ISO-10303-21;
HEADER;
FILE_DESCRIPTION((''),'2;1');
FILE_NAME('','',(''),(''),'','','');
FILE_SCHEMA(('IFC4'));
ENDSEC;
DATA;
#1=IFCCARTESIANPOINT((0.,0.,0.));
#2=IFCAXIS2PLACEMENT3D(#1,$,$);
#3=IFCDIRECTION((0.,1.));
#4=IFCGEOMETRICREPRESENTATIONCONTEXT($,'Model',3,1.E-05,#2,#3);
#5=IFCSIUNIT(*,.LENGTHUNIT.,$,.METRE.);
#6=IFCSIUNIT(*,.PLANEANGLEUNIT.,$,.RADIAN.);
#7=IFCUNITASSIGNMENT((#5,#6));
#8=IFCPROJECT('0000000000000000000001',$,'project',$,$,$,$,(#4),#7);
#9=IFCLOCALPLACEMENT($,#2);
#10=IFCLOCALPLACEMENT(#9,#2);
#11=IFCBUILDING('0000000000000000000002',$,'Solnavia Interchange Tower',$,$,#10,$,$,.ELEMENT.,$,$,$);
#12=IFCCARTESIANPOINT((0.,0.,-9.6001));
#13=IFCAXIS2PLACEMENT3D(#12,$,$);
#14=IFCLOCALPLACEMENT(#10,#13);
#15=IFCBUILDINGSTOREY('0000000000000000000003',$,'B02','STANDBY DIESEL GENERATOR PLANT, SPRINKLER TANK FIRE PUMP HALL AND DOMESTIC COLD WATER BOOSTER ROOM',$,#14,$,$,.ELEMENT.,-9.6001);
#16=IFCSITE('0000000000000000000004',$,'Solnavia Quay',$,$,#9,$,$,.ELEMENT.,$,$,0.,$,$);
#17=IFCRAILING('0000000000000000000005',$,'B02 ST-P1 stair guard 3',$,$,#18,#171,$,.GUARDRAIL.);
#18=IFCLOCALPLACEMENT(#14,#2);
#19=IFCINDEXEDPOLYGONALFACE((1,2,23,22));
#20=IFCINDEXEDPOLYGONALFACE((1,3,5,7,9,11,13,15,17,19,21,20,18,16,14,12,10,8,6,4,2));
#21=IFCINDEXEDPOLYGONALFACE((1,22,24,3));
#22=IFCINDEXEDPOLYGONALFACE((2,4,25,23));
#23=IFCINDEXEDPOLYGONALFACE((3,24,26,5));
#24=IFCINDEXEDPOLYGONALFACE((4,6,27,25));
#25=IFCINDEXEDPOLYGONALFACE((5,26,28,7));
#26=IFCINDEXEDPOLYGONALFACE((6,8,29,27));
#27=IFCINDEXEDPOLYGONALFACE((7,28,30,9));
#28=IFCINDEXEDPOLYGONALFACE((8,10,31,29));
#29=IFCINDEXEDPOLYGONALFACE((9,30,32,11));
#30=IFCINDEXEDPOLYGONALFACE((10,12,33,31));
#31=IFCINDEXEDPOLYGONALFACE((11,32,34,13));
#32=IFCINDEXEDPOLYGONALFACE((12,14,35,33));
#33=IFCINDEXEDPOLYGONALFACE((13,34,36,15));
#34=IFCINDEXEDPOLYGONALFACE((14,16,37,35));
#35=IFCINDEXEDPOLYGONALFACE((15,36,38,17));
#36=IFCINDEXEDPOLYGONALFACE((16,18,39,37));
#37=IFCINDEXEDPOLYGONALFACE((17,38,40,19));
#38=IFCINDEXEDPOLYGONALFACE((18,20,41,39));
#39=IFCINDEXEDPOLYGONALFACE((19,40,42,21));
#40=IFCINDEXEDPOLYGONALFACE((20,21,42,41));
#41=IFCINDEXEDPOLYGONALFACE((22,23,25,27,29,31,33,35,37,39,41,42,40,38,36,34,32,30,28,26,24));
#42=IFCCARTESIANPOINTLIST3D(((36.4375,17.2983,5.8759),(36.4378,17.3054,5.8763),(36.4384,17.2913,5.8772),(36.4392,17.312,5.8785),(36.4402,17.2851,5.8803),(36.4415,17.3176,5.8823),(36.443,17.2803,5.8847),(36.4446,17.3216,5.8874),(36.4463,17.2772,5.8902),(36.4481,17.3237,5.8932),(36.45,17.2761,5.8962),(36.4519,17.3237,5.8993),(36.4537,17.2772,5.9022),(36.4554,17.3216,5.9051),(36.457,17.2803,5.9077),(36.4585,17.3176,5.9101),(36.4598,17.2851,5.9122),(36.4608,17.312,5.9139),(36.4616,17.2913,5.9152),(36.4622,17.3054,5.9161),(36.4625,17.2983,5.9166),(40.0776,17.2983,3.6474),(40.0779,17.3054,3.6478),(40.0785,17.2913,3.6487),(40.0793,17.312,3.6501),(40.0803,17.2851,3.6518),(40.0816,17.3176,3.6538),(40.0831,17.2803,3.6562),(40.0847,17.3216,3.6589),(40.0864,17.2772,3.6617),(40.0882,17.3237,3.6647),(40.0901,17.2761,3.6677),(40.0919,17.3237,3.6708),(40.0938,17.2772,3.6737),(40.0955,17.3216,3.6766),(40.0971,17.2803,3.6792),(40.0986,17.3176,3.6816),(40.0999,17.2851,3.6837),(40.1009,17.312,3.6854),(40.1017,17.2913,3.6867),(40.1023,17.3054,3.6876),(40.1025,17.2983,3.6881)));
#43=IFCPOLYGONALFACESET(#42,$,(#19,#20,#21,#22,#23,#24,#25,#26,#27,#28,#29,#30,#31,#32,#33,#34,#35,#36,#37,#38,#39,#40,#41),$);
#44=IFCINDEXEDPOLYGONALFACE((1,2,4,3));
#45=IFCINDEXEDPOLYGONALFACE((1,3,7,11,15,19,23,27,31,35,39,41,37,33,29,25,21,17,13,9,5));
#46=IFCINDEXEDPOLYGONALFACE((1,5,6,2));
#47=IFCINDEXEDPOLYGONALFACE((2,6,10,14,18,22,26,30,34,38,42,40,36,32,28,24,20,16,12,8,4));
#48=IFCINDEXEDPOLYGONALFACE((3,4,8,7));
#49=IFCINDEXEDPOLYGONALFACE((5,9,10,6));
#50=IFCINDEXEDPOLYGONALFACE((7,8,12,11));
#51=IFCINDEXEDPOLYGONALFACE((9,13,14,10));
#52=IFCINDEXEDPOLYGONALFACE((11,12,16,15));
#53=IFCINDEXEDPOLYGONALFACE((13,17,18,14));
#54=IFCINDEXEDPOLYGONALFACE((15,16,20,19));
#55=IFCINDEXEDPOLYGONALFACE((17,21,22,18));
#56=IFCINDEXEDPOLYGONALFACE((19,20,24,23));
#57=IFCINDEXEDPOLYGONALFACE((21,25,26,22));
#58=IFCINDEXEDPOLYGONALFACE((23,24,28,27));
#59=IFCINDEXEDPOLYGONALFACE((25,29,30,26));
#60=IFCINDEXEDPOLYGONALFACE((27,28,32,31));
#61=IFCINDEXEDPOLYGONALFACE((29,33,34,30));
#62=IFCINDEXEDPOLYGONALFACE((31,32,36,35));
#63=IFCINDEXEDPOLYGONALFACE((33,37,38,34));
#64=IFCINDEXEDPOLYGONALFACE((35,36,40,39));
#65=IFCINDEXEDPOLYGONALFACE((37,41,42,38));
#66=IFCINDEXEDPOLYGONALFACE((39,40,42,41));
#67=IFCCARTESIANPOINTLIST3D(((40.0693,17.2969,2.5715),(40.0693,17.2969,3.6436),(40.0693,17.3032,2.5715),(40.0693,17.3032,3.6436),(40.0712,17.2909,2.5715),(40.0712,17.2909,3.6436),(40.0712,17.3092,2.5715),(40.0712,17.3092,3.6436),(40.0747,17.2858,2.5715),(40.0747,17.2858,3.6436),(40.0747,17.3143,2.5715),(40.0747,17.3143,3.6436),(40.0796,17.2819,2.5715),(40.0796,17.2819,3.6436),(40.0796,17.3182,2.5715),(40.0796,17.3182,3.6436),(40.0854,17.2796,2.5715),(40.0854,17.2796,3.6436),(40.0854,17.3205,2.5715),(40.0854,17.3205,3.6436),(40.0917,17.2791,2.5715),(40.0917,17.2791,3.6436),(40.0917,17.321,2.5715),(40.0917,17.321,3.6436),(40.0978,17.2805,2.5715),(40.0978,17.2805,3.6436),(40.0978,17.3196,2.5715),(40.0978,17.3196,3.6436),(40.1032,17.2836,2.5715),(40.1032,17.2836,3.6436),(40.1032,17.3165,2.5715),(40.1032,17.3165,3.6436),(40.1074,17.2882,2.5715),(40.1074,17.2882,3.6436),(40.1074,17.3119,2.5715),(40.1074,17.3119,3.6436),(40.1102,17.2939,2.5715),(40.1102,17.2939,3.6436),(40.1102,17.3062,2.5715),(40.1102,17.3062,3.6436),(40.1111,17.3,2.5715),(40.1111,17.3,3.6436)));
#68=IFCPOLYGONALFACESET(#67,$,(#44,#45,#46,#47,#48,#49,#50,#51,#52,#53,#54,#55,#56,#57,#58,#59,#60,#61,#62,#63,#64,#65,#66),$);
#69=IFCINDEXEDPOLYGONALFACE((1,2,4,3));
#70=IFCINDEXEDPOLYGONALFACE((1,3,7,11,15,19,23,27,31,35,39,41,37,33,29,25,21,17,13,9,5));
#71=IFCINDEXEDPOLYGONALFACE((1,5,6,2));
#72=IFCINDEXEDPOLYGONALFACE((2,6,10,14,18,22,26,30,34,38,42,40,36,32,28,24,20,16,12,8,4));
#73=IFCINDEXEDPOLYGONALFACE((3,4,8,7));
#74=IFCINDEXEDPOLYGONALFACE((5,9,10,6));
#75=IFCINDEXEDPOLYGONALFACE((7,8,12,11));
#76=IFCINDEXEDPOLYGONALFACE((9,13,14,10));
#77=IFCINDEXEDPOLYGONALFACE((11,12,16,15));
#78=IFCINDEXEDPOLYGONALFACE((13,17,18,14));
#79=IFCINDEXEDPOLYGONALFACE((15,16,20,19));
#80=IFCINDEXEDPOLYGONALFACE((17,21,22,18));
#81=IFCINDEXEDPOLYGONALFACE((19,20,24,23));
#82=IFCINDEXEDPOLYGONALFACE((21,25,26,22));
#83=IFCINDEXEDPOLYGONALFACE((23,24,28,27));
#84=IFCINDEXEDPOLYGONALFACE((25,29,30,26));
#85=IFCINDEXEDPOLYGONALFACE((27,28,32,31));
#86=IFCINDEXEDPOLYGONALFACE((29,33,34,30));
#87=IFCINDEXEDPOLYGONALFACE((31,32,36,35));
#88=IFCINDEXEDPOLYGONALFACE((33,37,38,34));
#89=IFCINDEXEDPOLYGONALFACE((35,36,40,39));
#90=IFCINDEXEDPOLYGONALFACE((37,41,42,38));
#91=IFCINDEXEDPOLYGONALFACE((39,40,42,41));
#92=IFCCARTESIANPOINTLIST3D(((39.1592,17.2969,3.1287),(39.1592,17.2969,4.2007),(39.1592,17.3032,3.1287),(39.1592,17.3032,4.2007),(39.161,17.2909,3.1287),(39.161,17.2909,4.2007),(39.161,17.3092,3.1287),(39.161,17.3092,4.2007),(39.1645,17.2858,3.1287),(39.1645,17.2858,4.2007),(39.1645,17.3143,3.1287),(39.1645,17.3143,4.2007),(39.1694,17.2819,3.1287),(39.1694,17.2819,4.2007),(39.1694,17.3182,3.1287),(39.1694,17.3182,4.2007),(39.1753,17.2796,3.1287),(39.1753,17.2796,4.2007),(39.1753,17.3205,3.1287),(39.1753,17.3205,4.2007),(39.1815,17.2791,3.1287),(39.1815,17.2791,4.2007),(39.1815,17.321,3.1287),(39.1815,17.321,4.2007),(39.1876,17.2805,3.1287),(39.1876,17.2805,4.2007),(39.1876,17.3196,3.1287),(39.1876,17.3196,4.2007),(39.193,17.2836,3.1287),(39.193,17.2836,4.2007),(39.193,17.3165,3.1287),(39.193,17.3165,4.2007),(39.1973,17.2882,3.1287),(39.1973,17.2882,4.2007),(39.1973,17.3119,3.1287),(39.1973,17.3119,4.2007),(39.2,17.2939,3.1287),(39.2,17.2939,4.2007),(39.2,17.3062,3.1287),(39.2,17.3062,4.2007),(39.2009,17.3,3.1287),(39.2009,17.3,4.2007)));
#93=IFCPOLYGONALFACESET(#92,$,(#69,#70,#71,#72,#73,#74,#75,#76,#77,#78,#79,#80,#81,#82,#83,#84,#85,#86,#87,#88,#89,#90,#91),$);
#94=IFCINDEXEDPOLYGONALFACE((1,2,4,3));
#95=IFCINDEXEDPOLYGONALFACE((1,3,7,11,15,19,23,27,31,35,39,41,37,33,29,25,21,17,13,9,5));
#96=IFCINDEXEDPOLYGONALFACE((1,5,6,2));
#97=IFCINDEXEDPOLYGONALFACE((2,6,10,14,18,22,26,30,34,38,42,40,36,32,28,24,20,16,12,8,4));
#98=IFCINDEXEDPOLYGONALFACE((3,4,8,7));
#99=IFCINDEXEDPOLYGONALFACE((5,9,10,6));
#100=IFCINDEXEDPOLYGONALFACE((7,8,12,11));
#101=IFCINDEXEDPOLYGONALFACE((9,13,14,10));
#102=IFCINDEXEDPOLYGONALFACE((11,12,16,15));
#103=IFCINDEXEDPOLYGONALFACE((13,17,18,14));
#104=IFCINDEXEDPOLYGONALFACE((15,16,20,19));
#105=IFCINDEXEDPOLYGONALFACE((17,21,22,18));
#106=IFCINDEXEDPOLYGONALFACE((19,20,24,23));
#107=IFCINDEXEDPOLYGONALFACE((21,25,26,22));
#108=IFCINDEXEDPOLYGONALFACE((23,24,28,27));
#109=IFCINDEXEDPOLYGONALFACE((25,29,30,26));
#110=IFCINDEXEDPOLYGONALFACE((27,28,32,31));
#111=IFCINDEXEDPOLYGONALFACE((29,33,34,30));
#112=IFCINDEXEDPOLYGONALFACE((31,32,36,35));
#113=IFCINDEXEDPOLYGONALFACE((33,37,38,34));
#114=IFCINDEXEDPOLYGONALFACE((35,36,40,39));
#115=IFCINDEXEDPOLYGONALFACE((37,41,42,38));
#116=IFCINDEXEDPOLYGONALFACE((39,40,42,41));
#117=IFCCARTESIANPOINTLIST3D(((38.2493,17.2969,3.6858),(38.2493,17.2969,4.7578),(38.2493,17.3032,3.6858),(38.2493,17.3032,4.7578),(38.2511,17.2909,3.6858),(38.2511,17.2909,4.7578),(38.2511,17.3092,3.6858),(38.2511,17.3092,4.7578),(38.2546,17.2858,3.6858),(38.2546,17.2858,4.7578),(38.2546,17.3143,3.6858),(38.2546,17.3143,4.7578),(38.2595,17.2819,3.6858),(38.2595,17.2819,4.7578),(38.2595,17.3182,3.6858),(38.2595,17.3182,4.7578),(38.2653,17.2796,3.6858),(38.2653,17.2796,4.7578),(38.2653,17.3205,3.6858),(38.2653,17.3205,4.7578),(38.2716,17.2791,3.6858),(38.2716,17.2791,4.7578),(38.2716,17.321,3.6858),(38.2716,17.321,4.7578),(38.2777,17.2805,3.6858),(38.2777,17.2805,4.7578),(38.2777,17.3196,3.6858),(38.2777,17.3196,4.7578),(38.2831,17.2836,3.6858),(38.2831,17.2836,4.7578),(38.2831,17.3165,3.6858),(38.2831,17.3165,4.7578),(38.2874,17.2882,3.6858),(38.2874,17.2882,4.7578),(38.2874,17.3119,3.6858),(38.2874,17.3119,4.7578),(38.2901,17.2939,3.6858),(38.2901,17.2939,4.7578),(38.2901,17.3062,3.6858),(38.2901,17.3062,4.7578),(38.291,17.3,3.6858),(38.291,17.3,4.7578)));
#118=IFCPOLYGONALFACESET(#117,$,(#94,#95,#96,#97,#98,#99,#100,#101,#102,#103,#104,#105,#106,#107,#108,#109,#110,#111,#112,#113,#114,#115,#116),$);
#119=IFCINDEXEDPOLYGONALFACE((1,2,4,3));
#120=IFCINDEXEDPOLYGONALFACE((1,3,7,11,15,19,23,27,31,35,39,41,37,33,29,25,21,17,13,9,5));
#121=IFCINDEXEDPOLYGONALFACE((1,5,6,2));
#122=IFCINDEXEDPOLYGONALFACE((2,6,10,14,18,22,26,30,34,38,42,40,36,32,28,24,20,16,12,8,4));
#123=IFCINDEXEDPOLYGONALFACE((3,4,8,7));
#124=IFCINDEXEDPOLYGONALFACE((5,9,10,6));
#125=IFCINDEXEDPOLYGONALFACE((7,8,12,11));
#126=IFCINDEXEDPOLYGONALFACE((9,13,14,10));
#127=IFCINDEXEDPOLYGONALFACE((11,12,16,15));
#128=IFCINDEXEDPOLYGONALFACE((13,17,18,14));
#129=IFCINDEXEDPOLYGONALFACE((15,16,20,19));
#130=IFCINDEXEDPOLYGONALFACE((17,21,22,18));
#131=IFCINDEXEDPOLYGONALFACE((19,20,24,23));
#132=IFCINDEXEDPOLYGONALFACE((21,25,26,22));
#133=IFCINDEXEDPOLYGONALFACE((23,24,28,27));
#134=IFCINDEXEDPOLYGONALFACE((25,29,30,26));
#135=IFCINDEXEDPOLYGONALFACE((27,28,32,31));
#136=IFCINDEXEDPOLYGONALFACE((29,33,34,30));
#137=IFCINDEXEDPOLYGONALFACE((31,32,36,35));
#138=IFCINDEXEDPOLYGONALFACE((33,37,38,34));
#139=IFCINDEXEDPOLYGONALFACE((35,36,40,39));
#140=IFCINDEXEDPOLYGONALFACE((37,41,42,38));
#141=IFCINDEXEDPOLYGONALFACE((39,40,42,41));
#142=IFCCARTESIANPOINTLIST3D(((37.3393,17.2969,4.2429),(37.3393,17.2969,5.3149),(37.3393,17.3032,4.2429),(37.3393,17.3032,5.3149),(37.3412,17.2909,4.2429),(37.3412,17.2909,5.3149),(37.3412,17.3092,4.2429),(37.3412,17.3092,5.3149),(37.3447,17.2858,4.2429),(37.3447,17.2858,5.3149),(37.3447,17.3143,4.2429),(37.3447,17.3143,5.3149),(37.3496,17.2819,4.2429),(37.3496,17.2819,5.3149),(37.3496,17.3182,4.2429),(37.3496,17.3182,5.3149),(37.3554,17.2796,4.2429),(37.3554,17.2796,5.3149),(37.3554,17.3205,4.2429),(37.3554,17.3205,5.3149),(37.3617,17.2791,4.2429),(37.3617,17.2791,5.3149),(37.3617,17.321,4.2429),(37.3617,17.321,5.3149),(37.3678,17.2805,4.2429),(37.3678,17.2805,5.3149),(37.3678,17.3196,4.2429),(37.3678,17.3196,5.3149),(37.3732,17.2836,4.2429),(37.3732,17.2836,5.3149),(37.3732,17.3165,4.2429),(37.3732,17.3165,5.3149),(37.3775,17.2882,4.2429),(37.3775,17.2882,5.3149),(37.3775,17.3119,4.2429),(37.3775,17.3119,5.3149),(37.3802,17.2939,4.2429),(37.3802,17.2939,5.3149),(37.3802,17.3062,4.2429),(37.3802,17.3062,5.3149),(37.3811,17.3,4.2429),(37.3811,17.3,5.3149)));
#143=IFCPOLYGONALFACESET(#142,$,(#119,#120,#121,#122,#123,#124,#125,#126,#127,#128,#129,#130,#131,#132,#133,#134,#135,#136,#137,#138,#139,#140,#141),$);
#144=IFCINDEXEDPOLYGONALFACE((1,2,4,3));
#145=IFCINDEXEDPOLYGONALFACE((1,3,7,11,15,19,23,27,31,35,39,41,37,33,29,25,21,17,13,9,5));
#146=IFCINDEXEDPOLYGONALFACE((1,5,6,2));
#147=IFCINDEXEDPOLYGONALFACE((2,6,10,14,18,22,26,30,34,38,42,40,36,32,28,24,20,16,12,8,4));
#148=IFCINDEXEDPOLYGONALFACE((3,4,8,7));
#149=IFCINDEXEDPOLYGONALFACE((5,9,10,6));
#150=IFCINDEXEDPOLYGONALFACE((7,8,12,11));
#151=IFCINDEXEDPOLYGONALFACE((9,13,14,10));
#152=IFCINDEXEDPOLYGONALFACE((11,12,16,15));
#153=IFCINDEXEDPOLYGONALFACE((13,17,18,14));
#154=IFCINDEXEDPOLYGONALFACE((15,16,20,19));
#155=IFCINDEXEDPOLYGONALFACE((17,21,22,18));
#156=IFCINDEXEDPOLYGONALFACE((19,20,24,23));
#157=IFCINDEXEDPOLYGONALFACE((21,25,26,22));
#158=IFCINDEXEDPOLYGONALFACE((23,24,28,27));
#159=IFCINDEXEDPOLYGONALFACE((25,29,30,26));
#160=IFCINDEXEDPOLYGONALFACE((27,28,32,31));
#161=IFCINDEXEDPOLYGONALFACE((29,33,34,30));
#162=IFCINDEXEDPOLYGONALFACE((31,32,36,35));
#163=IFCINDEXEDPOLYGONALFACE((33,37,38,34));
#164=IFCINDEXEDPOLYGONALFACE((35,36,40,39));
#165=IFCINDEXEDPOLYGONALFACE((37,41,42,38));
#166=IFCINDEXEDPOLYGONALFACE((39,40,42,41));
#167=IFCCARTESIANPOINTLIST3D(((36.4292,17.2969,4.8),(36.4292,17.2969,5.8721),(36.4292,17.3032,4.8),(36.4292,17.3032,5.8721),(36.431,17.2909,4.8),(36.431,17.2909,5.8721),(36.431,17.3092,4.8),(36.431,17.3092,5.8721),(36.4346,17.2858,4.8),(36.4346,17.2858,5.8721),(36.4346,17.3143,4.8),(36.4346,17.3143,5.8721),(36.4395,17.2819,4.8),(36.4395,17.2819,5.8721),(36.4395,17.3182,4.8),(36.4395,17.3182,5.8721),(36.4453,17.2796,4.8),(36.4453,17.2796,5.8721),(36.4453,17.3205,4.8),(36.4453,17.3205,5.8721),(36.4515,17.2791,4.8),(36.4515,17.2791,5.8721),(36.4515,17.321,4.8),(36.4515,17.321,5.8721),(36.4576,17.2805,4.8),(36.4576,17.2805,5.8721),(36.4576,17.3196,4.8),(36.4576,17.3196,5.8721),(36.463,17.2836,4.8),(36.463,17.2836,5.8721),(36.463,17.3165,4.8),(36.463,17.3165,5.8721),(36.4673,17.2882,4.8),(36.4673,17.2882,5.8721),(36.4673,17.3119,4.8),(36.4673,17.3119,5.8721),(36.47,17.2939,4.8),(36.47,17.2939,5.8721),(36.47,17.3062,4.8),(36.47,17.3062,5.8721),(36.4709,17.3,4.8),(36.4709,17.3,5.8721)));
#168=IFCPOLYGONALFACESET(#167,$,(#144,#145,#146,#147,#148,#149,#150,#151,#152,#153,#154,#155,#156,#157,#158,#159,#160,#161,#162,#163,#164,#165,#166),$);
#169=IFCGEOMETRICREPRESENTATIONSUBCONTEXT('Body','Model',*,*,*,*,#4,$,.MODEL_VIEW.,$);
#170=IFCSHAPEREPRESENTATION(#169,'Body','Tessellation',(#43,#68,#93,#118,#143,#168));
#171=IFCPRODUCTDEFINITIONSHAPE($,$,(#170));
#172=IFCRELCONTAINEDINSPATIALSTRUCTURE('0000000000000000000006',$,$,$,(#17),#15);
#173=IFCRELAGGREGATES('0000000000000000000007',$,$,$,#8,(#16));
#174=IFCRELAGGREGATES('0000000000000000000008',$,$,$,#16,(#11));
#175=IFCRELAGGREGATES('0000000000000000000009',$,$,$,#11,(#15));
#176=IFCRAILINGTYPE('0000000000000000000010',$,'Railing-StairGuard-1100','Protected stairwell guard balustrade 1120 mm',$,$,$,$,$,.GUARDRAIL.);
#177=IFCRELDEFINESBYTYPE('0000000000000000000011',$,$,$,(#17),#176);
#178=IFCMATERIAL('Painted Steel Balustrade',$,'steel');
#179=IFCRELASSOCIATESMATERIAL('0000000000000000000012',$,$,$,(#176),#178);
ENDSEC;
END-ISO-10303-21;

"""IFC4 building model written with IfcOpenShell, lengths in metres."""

from ifc_helpers import new_model, si_unit, direction, frame, origin, origin_2d, place, context, subcontext, project, spatial, circle, extrude, material, type_object, element, save


model = new_model("IFC4")

# Units and contexts
model_context = context("Model", 3, precision=1e-05, world=origin(), true_north=direction((0.0, 1.0)))
body_context = subcontext(model_context, "Body", "Model", "MODEL_VIEW")
ifc_project = project(units=[si_unit("LENGTHUNIT", "METRE"), si_unit("PLANEANGLEUNIT", "RADIAN")], contexts=[model_context])

# Site, building, storey
site_placement = place(None, origin())
site = spatial("IfcSite", under=ifc_project, at=site_placement, Name="Solnavia Quay", CompositionType="ELEMENT", RefElevation=0.0)
building_placement = place(site_placement, origin())
building = spatial("IfcBuilding", under=site, at=building_placement, Name="Solnavia Interchange Tower", CompositionType="ELEMENT")
storey_placement = place(building_placement, frame((0.0, 0.0, -9.6001)))
storey = spatial("IfcBuildingStorey", under=building, at=storey_placement, Name="B02", Description="STANDBY DIESEL GENERATOR PLANT, SPRINKLER TANK FIRE PUMP HALL AND DOMESTIC COLD WATER BOOSTER ROOM", CompositionType="ELEMENT", Elevation=-9.6001)

# Railing
ifc_material_1 = material(Name="Painted Steel Balustrade", Category="steel")
railing_type_1 = type_object("IfcRailingType", Name="Railing-StairGuard-1100", Description="Protected stairwell guard balustrade 1120 mm", PredefinedType="GUARDRAIL", material=ifc_material_1)
railing_1_placement = place(storey_placement, frame((40.0901, 17.3, 2.5715)))
element("IfcRailing", 1, at=railing_1_placement, inside=storey, type_object=railing_type_1, Name="B02 ST-P1 stair guard 3", PredefinedType="GUARDRAIL", context=body_context, shape_type="SweptSolid", body=[
    extrude(circle(Radius=0.0239, at=origin_2d()), frame((0.0, 0.0, 1.0962), z_axis=(-0.852866, 0.0, 0.52213), x_axis=(0.0, -1.0, 0.0)), (0.0, 0.0, 1.0), 4.2681),
    extrude(circle(Radius=0.021, at=origin_2d()), origin(), (0.0, 0.0, 1.0), 1.072),
    extrude(circle(Radius=0.021, at=origin_2d()), frame((-0.9102, 0.0, 0.5571)), (0.0, 0.0, 1.0), 1.072),
    extrude(circle(Radius=0.021, at=origin_2d()), frame((-1.8201, 0.0, 1.1143)), (0.0, 0.0, 1.0), 1.072),
    extrude(circle(Radius=0.021, at=origin_2d()), frame((-2.73, 0.0, 1.6714)), (0.0, 0.0, 1.0), 1.072),
    extrude(circle(Radius=0.021, at=origin_2d()), frame((-3.6401, 0.0, 2.2285)), (0.0, 0.0, 1.0), 1.072),
])

save(model, "model.ifc")
